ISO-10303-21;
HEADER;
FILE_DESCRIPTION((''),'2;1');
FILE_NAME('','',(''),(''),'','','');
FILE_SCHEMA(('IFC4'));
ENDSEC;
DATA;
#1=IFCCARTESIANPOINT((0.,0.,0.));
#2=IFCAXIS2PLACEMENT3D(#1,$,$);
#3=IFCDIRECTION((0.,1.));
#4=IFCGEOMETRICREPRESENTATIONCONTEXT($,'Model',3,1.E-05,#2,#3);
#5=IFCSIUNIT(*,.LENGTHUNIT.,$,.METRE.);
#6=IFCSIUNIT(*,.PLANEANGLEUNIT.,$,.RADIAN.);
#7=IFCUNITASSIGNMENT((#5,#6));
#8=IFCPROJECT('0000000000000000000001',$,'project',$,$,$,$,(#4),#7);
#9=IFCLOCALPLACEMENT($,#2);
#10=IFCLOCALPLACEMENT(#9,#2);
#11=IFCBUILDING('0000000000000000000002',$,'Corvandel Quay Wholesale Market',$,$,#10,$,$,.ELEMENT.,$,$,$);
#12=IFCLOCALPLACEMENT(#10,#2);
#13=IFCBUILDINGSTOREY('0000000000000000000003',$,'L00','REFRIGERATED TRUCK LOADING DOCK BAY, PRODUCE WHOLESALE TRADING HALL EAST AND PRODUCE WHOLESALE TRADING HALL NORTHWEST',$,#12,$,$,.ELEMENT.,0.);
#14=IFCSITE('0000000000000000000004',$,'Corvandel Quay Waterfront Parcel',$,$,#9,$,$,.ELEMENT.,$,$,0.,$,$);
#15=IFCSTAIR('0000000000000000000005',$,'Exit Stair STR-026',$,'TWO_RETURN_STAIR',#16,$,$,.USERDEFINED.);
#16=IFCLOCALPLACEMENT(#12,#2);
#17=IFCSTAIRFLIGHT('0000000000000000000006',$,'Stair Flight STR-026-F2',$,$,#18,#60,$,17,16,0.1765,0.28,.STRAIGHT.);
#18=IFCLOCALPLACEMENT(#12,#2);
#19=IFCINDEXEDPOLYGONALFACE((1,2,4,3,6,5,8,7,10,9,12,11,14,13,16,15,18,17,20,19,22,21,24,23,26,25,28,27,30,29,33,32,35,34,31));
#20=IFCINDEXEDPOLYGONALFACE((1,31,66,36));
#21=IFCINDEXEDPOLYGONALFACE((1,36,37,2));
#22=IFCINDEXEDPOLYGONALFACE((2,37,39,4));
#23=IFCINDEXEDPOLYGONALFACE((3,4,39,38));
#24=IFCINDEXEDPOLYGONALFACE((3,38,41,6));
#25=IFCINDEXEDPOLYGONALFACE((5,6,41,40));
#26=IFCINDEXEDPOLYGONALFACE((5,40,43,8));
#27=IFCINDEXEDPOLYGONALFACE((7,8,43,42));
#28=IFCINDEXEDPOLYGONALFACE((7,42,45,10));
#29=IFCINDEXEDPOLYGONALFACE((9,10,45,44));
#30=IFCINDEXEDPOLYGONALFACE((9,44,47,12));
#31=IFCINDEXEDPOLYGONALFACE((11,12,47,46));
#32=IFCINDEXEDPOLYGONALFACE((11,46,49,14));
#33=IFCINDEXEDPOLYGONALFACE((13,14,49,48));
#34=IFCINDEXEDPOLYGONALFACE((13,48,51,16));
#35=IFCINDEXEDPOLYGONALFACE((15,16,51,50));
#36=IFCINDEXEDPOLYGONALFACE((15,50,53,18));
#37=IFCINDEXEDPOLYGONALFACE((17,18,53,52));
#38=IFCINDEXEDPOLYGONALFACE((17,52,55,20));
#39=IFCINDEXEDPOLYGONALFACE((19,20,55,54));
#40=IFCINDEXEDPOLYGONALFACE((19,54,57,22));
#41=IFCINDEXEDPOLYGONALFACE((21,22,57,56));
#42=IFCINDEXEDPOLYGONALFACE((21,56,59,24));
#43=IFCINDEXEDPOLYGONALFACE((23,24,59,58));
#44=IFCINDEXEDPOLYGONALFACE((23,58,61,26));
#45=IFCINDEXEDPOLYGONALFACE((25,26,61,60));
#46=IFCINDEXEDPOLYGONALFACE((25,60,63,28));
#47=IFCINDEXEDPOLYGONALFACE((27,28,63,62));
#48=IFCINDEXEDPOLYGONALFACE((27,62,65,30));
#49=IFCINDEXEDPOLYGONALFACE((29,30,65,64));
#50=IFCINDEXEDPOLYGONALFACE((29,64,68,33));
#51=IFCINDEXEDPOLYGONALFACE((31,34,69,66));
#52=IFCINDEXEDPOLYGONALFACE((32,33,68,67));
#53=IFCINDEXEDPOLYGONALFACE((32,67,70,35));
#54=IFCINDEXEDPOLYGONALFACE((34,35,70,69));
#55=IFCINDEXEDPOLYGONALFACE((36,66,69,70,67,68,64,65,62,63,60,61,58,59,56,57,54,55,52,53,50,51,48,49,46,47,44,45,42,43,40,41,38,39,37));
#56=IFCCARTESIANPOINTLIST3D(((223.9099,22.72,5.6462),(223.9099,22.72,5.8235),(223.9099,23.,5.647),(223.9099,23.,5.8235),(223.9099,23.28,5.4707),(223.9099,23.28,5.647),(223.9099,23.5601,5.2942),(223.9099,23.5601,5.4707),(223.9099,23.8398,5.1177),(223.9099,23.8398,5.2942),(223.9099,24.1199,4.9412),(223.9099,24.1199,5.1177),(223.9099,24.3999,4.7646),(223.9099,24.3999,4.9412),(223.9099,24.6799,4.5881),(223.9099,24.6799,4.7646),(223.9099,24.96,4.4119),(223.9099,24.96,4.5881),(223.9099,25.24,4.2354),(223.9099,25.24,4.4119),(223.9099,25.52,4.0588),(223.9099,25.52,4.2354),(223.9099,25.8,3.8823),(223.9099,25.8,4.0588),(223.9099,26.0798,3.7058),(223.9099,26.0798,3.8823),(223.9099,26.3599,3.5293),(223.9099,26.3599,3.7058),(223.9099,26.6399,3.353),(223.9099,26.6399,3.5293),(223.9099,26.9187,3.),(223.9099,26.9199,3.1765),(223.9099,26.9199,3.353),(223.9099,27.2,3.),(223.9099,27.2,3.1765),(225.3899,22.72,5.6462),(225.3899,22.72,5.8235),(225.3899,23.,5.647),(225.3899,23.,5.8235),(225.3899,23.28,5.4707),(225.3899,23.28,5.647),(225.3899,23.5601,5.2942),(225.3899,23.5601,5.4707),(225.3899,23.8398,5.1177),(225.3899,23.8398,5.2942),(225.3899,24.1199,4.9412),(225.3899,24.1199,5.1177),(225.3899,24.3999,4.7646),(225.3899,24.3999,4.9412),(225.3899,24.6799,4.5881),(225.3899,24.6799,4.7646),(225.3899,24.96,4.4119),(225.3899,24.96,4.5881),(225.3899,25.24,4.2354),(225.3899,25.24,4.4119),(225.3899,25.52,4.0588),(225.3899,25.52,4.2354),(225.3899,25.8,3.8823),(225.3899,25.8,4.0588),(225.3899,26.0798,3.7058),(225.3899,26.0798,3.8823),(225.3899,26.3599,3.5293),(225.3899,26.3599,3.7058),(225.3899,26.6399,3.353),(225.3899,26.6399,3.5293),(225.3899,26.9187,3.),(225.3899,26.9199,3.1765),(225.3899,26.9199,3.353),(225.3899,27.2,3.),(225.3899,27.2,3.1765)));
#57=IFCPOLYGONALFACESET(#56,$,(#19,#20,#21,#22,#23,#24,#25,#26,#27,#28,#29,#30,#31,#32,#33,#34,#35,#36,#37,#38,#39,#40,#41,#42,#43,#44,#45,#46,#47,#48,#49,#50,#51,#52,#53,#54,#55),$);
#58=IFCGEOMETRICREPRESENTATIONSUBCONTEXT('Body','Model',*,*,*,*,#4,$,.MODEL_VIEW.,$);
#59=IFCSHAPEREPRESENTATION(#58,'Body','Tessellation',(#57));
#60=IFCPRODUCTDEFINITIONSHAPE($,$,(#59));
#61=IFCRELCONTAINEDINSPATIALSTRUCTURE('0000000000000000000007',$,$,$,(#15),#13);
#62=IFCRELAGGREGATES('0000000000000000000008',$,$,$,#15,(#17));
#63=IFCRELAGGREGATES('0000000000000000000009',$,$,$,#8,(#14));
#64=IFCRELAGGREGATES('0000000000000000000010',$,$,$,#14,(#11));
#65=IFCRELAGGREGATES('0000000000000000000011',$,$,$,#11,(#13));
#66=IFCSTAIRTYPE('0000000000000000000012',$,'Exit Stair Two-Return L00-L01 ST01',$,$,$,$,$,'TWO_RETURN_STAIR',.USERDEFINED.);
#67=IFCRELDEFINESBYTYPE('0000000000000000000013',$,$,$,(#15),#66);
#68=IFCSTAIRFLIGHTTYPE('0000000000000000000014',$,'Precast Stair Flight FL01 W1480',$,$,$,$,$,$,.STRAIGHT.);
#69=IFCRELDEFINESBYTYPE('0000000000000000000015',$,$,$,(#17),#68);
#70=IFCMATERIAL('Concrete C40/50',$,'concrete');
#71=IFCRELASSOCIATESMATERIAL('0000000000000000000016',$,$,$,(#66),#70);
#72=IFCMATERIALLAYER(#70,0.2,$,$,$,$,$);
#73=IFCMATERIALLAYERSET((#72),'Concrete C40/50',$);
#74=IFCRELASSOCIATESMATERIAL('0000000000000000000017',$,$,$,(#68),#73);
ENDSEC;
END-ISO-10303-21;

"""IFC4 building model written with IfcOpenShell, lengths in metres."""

from ifc_helpers import new_model, si_unit, direction, frame, origin, place, context, subcontext, project, spatial, polyline, outline, extrude, material, layer, layer_set, type_object, element, aggregate, save


model = new_model("IFC4")

# Units and contexts
model_context = context("Model", 3, precision=1e-05, world=origin(), true_north=direction((0.0, 1.0)))
body_context = subcontext(model_context, "Body", "Model", "MODEL_VIEW")
ifc_project = project(units=[si_unit("LENGTHUNIT", "METRE"), si_unit("PLANEANGLEUNIT", "RADIAN")], contexts=[model_context])

# Site, building, storey
site_placement = place(None, origin())
site = spatial("IfcSite", under=ifc_project, at=site_placement, Name="Corvandel Quay Waterfront Parcel", CompositionType="ELEMENT", RefElevation=0.0)
building_placement = place(site_placement, origin())
building = spatial("IfcBuilding", under=site, at=building_placement, Name="Corvandel Quay Wholesale Market", CompositionType="ELEMENT")
storey_placement = place(building_placement, origin())
storey = spatial("IfcBuildingStorey", under=building, at=storey_placement, Name="L00", Description="REFRIGERATED TRUCK LOADING DOCK BAY, PRODUCE WHOLESALE TRADING HALL EAST AND PRODUCE WHOLESALE TRADING HALL NORTHWEST", CompositionType="ELEMENT", Elevation=0.0)

# Shared definitions
ifc_material_1 = material(Name="Concrete C40/50", Category="concrete")

# Stair, stair flight
stair_type = type_object("IfcStairType", Name="Exit Stair Two-Return L00-L01 ST01", ElementType="TWO_RETURN_STAIR", PredefinedType="USERDEFINED", material=ifc_material_1)
stair_placement = place(storey_placement, origin())
stair = element("IfcStair", 1, at=stair_placement, inside=storey, type_object=stair_type, Name="Exit Stair STR-026", ObjectType="TWO_RETURN_STAIR", PredefinedType="USERDEFINED")
ifc_layer_1 = layer(ifc_material_1, 0.2)
ifc_layer_set_1 = layer_set([ifc_layer_1], Name="Concrete C40/50")
stair_flight_type = type_object("IfcStairFlightType", Name="Precast Stair Flight FL01 W1480", PredefinedType="STRAIGHT", material=ifc_layer_set_1)
stair_flight_placement = place(storey_placement, frame((224.6499, 27.2, 3.0), z_axis=(0.0, 0.0, 1.0), x_axis=(0.0, -1.0, 0.0)))
stair_flight = element("IfcStairFlight", 2, at=stair_flight_placement, type_object=stair_flight_type, Name="Stair Flight STR-026-F2", NumberOfRisers=17, NumberOfTreads=16, PredefinedType="STRAIGHT", RiserHeight=0.1765, TreadLength=0.28, context=body_context, shape_type="SweptSolid", body=[
    extrude(outline(polyline([(0.0, 0.0), (0.0, 0.1765), (0.28, 0.1765), (0.28, 0.353), (0.5601, 0.353), (0.5601, 0.5293), (0.8401, 0.5293), (0.8401, 0.7058), (1.1201, 0.7058), (1.1201, 0.8823), (1.3999, 0.8823), (1.3999, 1.0588), (1.6799, 1.0588), (1.6799, 1.2354), (1.96, 1.2354), (1.96, 1.4119), (2.24, 1.4119), (2.24, 1.5881), (2.52, 1.5881), (2.52, 1.7646), (2.8, 1.7646), (2.8, 1.9412), (3.0801, 1.9412), (3.0801, 2.1177), (3.3601, 2.1177), (3.3601, 2.2942), (3.6399, 2.2942), (3.6399, 2.4707), (3.9199, 2.4707), (3.9199, 2.647), (4.2, 2.647), (4.2, 2.8235), (4.48, 2.8235), (4.48, 3.0), (4.48, 2.6462), (0.2812, 0.0), (0.0, 0.0)])), frame((0.0, 0.74, 0.0), z_axis=(0.0, -1.0, 0.0), x_axis=(1.0, 0.0, 0.0)), (0.0, 0.0, 1.0), 1.48),
])
aggregate(stair, [stair_flight])

save(model, "model.ifc")
